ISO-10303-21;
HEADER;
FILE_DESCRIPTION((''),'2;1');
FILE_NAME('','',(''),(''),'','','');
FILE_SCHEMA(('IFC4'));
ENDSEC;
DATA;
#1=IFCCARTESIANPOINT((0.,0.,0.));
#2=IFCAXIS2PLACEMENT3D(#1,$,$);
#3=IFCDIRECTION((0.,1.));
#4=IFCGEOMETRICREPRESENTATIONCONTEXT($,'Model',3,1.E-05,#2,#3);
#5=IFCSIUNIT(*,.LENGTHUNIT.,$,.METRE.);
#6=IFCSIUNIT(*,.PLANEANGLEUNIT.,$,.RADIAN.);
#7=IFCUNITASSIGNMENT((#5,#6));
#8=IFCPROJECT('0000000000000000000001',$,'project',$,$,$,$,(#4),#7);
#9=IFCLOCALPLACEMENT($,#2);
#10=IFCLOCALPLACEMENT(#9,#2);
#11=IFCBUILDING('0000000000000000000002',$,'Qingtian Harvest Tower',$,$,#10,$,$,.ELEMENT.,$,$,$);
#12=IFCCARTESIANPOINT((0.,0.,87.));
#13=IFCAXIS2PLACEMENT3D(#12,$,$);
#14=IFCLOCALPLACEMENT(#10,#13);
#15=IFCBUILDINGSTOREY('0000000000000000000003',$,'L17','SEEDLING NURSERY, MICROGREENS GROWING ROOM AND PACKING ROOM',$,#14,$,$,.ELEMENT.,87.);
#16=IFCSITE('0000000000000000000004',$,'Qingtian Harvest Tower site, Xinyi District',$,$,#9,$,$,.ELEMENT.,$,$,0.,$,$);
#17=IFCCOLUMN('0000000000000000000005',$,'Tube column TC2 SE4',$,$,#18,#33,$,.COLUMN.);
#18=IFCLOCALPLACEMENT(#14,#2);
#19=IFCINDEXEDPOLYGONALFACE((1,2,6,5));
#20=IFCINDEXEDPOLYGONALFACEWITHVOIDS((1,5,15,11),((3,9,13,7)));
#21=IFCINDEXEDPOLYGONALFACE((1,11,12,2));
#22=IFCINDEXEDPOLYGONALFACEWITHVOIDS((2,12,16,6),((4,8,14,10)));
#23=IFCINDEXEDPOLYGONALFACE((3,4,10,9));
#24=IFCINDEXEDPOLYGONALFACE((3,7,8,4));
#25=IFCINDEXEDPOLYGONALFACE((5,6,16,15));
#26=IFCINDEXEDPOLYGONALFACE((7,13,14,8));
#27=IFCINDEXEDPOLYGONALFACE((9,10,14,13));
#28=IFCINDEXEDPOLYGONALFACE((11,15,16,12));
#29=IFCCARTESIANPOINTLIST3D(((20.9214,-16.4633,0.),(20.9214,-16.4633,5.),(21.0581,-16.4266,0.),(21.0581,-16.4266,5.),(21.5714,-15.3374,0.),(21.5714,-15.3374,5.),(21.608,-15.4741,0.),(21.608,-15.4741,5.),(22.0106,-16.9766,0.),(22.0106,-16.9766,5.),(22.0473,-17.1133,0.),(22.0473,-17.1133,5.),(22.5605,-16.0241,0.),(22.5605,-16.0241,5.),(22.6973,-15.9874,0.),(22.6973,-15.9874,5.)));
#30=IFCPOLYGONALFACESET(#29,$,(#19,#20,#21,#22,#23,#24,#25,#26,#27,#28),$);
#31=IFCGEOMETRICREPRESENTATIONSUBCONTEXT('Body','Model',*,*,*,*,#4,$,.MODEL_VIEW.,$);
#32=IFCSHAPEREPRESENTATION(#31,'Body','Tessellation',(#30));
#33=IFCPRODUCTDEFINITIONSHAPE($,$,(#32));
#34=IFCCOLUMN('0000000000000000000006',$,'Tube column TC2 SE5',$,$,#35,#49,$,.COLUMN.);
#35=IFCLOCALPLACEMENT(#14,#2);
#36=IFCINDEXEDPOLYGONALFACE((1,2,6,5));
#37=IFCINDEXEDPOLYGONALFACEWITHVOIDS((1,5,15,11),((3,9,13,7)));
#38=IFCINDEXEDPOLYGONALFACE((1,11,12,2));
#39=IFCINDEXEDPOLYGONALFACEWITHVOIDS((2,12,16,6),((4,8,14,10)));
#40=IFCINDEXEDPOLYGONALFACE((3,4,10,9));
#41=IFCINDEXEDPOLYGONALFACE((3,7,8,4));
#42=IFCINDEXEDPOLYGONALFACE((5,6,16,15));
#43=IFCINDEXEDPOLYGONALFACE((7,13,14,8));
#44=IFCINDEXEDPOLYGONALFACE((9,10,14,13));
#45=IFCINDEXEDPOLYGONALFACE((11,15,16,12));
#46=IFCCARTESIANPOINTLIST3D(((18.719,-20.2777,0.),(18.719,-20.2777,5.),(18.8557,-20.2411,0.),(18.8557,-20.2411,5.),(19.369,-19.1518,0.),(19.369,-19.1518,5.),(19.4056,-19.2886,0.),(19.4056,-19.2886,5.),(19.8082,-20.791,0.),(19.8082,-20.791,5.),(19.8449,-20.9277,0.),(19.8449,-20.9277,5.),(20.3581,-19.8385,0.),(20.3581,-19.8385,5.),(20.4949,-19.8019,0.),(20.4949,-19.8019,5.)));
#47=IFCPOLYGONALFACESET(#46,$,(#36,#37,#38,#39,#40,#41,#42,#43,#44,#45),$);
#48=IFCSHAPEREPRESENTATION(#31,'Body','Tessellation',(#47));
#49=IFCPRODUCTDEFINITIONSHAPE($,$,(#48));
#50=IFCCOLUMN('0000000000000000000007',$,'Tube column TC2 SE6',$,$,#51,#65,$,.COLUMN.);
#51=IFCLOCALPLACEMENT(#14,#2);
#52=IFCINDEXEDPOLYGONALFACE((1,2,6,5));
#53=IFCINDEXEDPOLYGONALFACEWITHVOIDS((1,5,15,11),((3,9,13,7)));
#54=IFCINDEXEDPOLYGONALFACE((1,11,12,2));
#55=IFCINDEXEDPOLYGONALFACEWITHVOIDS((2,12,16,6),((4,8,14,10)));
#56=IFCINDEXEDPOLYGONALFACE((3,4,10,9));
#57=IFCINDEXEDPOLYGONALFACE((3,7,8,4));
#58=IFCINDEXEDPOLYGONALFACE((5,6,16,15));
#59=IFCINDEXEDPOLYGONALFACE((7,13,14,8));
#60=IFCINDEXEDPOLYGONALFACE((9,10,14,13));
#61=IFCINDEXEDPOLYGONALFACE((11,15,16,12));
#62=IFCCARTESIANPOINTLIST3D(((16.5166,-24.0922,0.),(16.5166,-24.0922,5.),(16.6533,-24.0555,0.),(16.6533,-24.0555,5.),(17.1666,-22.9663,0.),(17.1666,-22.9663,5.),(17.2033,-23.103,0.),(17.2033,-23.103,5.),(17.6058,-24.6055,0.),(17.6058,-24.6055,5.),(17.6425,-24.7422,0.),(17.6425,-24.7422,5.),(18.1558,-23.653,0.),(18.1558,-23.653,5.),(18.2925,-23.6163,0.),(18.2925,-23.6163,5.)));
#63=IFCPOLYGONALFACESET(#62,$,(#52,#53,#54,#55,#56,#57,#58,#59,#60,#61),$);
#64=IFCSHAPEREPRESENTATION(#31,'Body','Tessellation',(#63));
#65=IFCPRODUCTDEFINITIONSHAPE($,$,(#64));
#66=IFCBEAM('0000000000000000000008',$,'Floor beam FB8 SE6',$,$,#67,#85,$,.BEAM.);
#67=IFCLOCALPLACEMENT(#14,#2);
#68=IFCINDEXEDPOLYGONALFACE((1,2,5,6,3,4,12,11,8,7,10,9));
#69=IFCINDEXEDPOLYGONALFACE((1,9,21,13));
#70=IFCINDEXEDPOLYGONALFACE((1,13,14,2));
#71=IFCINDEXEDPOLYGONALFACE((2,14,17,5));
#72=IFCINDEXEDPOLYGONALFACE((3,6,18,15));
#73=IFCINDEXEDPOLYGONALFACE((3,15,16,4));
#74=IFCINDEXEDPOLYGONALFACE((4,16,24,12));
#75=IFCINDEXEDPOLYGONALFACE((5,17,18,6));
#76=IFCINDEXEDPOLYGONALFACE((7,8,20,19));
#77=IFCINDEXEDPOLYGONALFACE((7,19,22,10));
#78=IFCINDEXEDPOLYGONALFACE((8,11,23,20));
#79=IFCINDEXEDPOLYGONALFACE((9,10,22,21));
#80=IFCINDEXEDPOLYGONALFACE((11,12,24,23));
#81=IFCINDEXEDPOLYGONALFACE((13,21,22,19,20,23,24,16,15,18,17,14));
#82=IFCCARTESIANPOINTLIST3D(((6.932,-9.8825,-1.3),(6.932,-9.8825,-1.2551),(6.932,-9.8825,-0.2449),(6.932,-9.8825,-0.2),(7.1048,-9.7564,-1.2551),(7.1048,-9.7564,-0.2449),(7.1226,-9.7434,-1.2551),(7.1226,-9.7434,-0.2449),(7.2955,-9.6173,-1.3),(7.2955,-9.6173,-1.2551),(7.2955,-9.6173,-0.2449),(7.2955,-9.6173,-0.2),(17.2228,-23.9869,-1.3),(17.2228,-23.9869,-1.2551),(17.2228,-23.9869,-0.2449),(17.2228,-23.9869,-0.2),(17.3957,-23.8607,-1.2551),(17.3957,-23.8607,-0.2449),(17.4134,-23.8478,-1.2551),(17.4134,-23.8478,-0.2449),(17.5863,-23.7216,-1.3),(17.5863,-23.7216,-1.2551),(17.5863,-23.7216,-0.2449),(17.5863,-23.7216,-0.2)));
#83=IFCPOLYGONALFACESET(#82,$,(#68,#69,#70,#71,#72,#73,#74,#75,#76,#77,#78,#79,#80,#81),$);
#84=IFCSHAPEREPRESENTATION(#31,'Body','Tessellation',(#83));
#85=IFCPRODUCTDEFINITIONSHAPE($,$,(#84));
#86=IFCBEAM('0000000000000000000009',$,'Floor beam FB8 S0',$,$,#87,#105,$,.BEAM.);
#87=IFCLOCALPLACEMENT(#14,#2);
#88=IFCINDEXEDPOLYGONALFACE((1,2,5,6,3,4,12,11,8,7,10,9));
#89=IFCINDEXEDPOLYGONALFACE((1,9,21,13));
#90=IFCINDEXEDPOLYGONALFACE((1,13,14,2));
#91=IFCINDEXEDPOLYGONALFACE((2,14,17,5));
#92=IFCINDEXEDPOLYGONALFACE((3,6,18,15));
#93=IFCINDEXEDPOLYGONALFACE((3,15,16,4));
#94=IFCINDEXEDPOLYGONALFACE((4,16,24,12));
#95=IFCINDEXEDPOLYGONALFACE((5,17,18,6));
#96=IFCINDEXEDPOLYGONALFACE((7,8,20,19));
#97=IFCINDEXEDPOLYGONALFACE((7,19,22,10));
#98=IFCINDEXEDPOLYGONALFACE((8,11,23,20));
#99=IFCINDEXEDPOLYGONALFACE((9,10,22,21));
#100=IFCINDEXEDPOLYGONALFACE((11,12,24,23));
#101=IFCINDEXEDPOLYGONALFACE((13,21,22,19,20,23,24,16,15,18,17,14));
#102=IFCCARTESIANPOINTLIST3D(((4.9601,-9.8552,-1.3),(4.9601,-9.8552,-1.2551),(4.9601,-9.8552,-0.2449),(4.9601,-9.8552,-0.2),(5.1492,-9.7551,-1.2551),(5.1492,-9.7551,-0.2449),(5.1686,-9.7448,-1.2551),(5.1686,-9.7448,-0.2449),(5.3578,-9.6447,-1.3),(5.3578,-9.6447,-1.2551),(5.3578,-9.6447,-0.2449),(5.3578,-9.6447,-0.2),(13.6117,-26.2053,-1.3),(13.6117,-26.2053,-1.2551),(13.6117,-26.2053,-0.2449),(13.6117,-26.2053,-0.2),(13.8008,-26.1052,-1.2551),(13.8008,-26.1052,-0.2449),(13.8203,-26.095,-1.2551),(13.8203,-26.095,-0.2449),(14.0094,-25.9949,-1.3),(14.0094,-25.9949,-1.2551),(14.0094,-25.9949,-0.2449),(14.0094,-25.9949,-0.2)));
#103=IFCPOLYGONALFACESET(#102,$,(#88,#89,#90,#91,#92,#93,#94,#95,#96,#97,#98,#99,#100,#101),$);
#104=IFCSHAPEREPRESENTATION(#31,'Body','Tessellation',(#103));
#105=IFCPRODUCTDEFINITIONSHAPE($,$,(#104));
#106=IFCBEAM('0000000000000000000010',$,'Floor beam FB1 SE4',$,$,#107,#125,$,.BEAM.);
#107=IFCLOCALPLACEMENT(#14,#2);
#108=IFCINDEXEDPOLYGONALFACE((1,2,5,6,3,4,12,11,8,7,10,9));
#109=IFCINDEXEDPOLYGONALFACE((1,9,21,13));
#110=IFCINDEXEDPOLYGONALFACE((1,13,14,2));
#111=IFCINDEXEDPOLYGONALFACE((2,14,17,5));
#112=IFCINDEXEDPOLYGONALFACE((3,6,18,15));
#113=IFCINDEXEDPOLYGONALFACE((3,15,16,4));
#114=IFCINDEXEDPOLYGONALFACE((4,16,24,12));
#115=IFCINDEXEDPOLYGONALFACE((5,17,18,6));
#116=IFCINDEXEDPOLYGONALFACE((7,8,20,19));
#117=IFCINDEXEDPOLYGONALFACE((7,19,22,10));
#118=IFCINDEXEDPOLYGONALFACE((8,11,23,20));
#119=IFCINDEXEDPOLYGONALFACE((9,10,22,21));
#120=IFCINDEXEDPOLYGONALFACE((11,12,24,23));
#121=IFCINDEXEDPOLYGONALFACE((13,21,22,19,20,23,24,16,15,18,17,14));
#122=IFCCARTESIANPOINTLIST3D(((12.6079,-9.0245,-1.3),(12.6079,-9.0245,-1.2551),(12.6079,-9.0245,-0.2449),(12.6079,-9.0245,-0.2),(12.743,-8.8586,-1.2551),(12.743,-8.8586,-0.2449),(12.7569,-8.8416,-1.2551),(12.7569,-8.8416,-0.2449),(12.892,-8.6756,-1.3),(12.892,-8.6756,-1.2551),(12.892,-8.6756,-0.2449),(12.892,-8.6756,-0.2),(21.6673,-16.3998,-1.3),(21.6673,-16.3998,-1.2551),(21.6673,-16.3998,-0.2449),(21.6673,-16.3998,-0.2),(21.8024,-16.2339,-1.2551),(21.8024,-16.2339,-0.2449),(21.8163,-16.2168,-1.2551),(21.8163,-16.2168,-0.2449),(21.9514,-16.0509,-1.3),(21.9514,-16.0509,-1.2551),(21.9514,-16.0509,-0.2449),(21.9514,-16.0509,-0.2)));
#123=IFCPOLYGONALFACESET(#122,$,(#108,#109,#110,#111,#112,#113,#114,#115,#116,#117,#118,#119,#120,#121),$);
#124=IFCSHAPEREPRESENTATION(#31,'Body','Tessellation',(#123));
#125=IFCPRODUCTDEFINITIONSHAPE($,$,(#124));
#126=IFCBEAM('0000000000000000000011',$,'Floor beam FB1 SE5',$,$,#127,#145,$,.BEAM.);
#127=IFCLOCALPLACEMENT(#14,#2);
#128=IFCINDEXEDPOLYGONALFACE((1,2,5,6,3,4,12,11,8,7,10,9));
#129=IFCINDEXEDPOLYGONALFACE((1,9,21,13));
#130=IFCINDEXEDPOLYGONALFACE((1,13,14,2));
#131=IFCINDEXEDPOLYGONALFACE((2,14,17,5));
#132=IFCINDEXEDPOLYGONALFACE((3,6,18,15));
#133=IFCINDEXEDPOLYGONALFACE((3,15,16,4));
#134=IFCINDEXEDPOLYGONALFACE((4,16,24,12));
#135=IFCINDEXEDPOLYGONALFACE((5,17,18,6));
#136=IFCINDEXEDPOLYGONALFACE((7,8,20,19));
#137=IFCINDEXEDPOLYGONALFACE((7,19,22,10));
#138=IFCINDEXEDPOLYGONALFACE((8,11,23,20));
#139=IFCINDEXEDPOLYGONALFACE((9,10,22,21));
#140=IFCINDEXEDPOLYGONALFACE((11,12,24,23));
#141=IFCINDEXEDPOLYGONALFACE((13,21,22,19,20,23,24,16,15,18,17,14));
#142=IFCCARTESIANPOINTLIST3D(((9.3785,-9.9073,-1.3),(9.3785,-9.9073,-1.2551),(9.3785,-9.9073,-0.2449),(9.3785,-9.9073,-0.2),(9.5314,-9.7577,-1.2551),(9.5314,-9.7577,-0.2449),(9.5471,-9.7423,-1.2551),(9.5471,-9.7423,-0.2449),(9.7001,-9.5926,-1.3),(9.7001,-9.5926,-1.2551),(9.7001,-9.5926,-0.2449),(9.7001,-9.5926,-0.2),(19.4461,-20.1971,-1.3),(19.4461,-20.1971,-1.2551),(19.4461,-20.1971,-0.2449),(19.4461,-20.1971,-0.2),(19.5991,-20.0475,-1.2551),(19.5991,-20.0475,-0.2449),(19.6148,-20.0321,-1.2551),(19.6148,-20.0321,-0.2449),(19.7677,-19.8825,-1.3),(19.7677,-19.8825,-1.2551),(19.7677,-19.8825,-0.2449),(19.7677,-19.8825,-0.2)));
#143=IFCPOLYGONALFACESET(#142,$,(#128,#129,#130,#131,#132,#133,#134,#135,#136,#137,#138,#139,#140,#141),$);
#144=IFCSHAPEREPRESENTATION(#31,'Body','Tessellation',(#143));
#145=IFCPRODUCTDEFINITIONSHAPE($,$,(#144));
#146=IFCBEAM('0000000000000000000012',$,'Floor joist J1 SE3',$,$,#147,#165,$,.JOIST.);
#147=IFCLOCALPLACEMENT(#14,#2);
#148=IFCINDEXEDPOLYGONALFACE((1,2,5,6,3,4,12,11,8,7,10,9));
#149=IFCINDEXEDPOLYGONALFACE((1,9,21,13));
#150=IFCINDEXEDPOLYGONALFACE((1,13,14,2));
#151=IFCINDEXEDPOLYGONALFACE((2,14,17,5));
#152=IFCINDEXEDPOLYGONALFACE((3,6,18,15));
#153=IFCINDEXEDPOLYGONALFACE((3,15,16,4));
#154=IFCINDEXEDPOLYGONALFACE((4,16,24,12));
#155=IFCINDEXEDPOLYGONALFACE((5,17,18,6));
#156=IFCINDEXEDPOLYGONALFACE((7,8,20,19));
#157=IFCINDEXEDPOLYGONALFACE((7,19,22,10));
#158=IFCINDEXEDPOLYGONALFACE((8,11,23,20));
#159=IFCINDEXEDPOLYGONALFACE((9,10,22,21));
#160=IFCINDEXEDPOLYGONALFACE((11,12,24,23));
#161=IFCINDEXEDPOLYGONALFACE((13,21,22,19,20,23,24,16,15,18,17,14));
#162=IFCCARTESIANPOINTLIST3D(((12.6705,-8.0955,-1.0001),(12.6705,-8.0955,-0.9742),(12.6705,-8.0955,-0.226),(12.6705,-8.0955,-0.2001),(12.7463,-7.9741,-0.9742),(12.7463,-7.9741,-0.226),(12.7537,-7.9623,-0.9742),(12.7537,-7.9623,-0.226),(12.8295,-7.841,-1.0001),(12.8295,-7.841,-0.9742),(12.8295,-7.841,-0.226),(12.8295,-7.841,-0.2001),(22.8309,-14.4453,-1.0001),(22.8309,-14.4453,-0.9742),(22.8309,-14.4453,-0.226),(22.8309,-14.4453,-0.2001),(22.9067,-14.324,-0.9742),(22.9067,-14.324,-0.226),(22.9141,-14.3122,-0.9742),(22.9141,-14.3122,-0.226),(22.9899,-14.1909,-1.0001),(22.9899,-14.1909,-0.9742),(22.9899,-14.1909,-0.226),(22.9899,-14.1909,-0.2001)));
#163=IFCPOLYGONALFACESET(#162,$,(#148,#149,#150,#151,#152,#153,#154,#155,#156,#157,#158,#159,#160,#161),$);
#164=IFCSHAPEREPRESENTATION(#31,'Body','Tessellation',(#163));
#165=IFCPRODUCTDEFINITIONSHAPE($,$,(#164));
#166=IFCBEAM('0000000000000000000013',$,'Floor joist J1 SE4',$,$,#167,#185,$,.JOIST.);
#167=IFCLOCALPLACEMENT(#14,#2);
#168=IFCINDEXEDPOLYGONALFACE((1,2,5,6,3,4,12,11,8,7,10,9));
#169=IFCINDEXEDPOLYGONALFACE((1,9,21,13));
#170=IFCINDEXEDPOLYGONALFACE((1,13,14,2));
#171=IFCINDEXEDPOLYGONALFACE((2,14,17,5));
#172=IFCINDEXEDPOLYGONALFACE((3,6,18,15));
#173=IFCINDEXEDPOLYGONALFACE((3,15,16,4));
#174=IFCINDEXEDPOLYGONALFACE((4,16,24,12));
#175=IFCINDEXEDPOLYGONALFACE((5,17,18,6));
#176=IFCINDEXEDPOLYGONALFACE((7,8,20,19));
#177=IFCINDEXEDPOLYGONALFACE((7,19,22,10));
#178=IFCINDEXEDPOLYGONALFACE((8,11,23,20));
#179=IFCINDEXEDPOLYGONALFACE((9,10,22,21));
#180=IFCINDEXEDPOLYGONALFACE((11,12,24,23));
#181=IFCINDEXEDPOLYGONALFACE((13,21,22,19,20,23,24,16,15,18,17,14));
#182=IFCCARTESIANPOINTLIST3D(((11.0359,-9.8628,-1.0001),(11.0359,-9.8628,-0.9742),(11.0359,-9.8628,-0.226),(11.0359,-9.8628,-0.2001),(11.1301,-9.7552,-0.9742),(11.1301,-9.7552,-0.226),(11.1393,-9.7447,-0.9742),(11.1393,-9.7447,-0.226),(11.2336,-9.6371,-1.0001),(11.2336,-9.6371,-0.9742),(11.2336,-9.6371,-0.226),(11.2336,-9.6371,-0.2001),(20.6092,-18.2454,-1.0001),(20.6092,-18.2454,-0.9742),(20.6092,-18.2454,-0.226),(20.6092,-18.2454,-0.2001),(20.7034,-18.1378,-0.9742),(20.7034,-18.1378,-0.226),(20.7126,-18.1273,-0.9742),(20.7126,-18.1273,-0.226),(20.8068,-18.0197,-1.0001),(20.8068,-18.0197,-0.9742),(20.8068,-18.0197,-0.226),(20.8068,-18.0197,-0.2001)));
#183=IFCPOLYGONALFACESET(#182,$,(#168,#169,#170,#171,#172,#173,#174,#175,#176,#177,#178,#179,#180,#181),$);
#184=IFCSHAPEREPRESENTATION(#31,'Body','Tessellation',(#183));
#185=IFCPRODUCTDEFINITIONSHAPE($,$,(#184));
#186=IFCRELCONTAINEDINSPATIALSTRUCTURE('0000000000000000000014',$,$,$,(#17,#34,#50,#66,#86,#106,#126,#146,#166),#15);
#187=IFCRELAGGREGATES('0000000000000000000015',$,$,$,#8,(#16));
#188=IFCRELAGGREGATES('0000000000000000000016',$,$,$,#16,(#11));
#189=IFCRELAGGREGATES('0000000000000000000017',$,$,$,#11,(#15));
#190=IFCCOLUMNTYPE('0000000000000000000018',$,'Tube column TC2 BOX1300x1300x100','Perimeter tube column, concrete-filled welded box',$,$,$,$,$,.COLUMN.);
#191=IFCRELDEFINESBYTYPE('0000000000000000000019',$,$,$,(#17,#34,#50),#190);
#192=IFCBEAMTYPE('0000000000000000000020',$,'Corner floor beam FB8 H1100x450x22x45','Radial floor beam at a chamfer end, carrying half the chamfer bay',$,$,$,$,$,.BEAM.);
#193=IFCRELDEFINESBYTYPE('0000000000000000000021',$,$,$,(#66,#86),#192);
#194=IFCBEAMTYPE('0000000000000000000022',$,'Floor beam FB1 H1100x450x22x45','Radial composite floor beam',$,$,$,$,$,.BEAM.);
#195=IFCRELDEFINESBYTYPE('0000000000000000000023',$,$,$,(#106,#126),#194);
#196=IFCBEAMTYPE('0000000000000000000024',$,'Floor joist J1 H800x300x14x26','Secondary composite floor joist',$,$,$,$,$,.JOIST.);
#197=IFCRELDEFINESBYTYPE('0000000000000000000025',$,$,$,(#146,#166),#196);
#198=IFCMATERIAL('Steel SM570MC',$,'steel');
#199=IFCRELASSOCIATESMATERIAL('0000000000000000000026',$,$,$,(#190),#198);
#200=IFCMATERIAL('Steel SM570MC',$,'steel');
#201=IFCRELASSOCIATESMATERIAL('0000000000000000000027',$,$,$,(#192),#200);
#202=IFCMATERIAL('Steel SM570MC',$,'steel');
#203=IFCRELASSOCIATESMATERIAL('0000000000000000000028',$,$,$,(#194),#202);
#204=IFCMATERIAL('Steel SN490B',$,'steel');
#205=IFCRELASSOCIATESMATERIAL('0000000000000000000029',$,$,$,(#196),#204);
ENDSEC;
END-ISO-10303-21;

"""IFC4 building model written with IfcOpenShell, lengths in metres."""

from ifc_helpers import new_model, si_unit, direction, frame, origin, origin_2d, place, context, subcontext, project, spatial, hollow_rectangle, i_section, extrude, material, material_profile, profile_set, type_object, element, save


model = new_model("IFC4")

# Units and contexts
model_context = context("Model", 3, precision=1e-05, world=origin(), true_north=direction((0.0, 1.0)))
body_context = subcontext(model_context, "Body", "Model", "MODEL_VIEW")
ifc_project = project(units=[si_unit("LENGTHUNIT", "METRE"), si_unit("PLANEANGLEUNIT", "RADIAN")], contexts=[model_context])

# Site, building, storey
site_placement = place(None, origin())
site = spatial("IfcSite", under=ifc_project, at=site_placement, Name="Qingtian Harvest Tower site, Xinyi District", CompositionType="ELEMENT", RefElevation=0.0)
building_placement = place(site_placement, origin())
building = spatial("IfcBuilding", under=site, at=building_placement, Name="Qingtian Harvest Tower", CompositionType="ELEMENT")
storey_placement = place(building_placement, frame((0.0, 0.0, 87.0)))
storey = spatial("IfcBuildingStorey", under=building, at=storey_placement, Name="L17", Description="SEEDLING NURSERY, MICROGREENS GROWING ROOM AND PACKING ROOM", CompositionType="ELEMENT", Elevation=87.0)

# Columns
ifc_material_1 = material(Name="Steel SM570MC", Category="steel")
ifc_material_profile_1 = material_profile(ifc_material_1, hollow_rectangle(XDim=1.3, YDim=1.3, WallThickness=0.1001, at=origin_2d()), Name="BOX1300x1300x100")
ifc_profile_set_1 = profile_set([ifc_material_profile_1], Name="Steel SM570MC")
column_type = type_object("IfcColumnType", Name="Tube column TC2 BOX1300x1300x100", Description="Perimeter tube column, concrete-filled welded box", PredefinedType="COLUMN", material=ifc_profile_set_1)
for number, where, z_axis, x_axis, name in (
    (1, (21.8093, -16.2253, 0.0), (0.0, 0.0, 1.0), (0.5, 0.866025, 0.0), "Tube column TC2 SE4"),
    (2, (19.6069, -20.0398, 0.0), (0.0, 0.0, 1.0), (0.5, 0.866025, 0.0), "Tube column TC2 SE5"),
    (3, (17.4045, -23.8542, 0.0), (0.0, 0.0, 1.0), (0.5, 0.866025, 0.0), "Tube column TC2 SE6"),
):
    element("IfcColumn", number, at=place(storey_placement, frame(where, z_axis=z_axis, x_axis=x_axis)), inside=storey, type_object=column_type, Name=name, PredefinedType="COLUMN", context=body_context, shape_type="SweptSolid", body=[
        extrude(hollow_rectangle(XDim=1.3, YDim=1.3, WallThickness=0.1001, at=origin_2d()), origin(), (0.0, 0.0, 1.0), 5.0),
    ])

# Beams
ifc_material_2 = material(Name="Steel SM570MC", Category="steel")
ifc_material_profile_2 = material_profile(ifc_material_2, i_section(OverallWidth=0.45, OverallDepth=1.1001, WebThickness=0.022, FlangeThickness=0.0449, at=origin_2d()), Name="H1100x450x22x45")
ifc_profile_set_2 = profile_set([ifc_material_profile_2], Name="Steel SM570MC")
beam_type_1 = type_object("IfcBeamType", Name="Corner floor beam FB8 H1100x450x22x45", Description="Radial floor beam at a chamfer end, carrying half the chamfer bay", PredefinedType="BEAM", material=ifc_profile_set_2)
beam_1_placement = place(storey_placement, frame((17.4045, -23.8542, -0.75), z_axis=(-0.589412, 0.807832, 0.0), x_axis=(-0.807832, -0.589412, 0.0)))
element("IfcBeam", 4, at=beam_1_placement, inside=storey, type_object=beam_type_1, Name="Floor beam FB8 SE6", PredefinedType="BEAM", context=body_context, shape_type="SweptSolid", body=[
    extrude(i_section(OverallWidth=0.45, OverallDepth=1.1001, WebThickness=0.022, FlangeThickness=0.0449, at=origin_2d()), origin(), (0.0, 0.0, 1.0), 17.4595),
])
beam_2_placement = place(storey_placement, frame((13.8105, -26.1001, -0.75), z_axis=(-0.467705, 0.883885, 0.0), x_axis=(-0.883885, -0.467705, 0.0)))
element("IfcBeam", 5, at=beam_2_placement, inside=storey, type_object=beam_type_1, Name="Floor beam FB8 S0", PredefinedType="BEAM", context=body_context, shape_type="SweptSolid", body=[
    extrude(i_section(OverallWidth=0.45, OverallDepth=1.1001, WebThickness=0.022, FlangeThickness=0.0449, at=origin_2d()), origin(), (0.0, 0.0, 1.0), 18.498),
])
ifc_material_3 = material(Name="Steel SM570MC", Category="steel")
ifc_material_profile_3 = material_profile(ifc_material_3, i_section(OverallWidth=0.45, OverallDepth=1.1001, WebThickness=0.022, FlangeThickness=0.0449, at=origin_2d()), Name="H1100x450x22x45")
ifc_profile_set_3 = profile_set([ifc_material_profile_3], Name="Steel SM570MC")
beam_type_2 = type_object("IfcBeamType", Name="Floor beam FB1 H1100x450x22x45", Description="Radial composite floor beam", PredefinedType="BEAM", material=ifc_profile_set_3)
beam_3_placement = place(storey_placement, frame((21.8093, -16.2253, -0.75), z_axis=(-0.775504, 0.631342, 0.0), x_axis=(-0.631342, -0.775504, 0.0)))
element("IfcBeam", 6, at=beam_3_placement, inside=storey, type_object=beam_type_2, Name="Floor beam FB1 SE4", PredefinedType="BEAM", context=body_context, shape_type="SweptSolid", body=[
    extrude(i_section(OverallWidth=0.45, OverallDepth=1.1001, WebThickness=0.022, FlangeThickness=0.0449, at=origin_2d()), origin(), (0.0, 0.0, 1.0), 11.6819),
])
beam_4_placement = place(storey_placement, frame((19.6069, -20.0398, -0.75), z_axis=(-0.699348, 0.714781, 0.0), x_axis=(-0.714781, -0.699348, 0.0)))
element("IfcBeam", 7, at=beam_4_placement, inside=storey, type_object=beam_type_2, Name="Floor beam FB1 SE5", PredefinedType="BEAM", context=body_context, shape_type="SweptSolid", body=[
    extrude(i_section(OverallWidth=0.45, OverallDepth=1.1001, WebThickness=0.022, FlangeThickness=0.0449, at=origin_2d()), origin(), (0.0, 0.0, 1.0), 14.3958),
])
ifc_material_4 = material(Name="Steel SN490B", Category="steel")
ifc_material_profile_4 = material_profile(ifc_material_4, i_section(OverallWidth=0.3, OverallDepth=0.8, WebThickness=0.0139, FlangeThickness=0.0259, at=origin_2d()), Name="H800x300x14x26")
ifc_profile_set_4 = profile_set([ifc_material_profile_4], Name="Steel SN490B")
beam_type_3 = type_object("IfcBeamType", Name="Floor joist J1 H800x300x14x26", Description="Secondary composite floor joist", PredefinedType="JOIST", material=ifc_profile_set_4)
beam_5_placement = place(storey_placement, frame((22.9104, -14.3181, -0.6001), z_axis=(-0.848013, 0.529975, 0.0), x_axis=(-0.529975, -0.848013, 0.0)))
element("IfcBeam", 8, at=beam_5_placement, inside=storey, type_object=beam_type_3, Name="Floor joist J1 SE3", PredefinedType="JOIST", context=body_context, shape_type="SweptSolid", body=[
    extrude(i_section(OverallWidth=0.3, OverallDepth=0.8, WebThickness=0.0139, FlangeThickness=0.0259, at=origin_2d()), origin(), (0.0, 0.0, 1.0), 11.9814),
])
beam_6_placement = place(storey_placement, frame((20.708, -18.1326, -0.6001), z_axis=(-0.752344, 0.658771, 0.0), x_axis=(-0.658771, -0.752344, 0.0)))
element("IfcBeam", 9, at=beam_6_placement, inside=storey, type_object=beam_type_3, Name="Floor joist J1 SE4", PredefinedType="JOIST", context=body_context, shape_type="SweptSolid", body=[
    extrude(i_section(OverallWidth=0.3, OverallDepth=0.8, WebThickness=0.0139, FlangeThickness=0.0259, at=origin_2d()), origin(), (0.0, 0.0, 1.0), 12.7246),
])

save(model, "model.ifc")
